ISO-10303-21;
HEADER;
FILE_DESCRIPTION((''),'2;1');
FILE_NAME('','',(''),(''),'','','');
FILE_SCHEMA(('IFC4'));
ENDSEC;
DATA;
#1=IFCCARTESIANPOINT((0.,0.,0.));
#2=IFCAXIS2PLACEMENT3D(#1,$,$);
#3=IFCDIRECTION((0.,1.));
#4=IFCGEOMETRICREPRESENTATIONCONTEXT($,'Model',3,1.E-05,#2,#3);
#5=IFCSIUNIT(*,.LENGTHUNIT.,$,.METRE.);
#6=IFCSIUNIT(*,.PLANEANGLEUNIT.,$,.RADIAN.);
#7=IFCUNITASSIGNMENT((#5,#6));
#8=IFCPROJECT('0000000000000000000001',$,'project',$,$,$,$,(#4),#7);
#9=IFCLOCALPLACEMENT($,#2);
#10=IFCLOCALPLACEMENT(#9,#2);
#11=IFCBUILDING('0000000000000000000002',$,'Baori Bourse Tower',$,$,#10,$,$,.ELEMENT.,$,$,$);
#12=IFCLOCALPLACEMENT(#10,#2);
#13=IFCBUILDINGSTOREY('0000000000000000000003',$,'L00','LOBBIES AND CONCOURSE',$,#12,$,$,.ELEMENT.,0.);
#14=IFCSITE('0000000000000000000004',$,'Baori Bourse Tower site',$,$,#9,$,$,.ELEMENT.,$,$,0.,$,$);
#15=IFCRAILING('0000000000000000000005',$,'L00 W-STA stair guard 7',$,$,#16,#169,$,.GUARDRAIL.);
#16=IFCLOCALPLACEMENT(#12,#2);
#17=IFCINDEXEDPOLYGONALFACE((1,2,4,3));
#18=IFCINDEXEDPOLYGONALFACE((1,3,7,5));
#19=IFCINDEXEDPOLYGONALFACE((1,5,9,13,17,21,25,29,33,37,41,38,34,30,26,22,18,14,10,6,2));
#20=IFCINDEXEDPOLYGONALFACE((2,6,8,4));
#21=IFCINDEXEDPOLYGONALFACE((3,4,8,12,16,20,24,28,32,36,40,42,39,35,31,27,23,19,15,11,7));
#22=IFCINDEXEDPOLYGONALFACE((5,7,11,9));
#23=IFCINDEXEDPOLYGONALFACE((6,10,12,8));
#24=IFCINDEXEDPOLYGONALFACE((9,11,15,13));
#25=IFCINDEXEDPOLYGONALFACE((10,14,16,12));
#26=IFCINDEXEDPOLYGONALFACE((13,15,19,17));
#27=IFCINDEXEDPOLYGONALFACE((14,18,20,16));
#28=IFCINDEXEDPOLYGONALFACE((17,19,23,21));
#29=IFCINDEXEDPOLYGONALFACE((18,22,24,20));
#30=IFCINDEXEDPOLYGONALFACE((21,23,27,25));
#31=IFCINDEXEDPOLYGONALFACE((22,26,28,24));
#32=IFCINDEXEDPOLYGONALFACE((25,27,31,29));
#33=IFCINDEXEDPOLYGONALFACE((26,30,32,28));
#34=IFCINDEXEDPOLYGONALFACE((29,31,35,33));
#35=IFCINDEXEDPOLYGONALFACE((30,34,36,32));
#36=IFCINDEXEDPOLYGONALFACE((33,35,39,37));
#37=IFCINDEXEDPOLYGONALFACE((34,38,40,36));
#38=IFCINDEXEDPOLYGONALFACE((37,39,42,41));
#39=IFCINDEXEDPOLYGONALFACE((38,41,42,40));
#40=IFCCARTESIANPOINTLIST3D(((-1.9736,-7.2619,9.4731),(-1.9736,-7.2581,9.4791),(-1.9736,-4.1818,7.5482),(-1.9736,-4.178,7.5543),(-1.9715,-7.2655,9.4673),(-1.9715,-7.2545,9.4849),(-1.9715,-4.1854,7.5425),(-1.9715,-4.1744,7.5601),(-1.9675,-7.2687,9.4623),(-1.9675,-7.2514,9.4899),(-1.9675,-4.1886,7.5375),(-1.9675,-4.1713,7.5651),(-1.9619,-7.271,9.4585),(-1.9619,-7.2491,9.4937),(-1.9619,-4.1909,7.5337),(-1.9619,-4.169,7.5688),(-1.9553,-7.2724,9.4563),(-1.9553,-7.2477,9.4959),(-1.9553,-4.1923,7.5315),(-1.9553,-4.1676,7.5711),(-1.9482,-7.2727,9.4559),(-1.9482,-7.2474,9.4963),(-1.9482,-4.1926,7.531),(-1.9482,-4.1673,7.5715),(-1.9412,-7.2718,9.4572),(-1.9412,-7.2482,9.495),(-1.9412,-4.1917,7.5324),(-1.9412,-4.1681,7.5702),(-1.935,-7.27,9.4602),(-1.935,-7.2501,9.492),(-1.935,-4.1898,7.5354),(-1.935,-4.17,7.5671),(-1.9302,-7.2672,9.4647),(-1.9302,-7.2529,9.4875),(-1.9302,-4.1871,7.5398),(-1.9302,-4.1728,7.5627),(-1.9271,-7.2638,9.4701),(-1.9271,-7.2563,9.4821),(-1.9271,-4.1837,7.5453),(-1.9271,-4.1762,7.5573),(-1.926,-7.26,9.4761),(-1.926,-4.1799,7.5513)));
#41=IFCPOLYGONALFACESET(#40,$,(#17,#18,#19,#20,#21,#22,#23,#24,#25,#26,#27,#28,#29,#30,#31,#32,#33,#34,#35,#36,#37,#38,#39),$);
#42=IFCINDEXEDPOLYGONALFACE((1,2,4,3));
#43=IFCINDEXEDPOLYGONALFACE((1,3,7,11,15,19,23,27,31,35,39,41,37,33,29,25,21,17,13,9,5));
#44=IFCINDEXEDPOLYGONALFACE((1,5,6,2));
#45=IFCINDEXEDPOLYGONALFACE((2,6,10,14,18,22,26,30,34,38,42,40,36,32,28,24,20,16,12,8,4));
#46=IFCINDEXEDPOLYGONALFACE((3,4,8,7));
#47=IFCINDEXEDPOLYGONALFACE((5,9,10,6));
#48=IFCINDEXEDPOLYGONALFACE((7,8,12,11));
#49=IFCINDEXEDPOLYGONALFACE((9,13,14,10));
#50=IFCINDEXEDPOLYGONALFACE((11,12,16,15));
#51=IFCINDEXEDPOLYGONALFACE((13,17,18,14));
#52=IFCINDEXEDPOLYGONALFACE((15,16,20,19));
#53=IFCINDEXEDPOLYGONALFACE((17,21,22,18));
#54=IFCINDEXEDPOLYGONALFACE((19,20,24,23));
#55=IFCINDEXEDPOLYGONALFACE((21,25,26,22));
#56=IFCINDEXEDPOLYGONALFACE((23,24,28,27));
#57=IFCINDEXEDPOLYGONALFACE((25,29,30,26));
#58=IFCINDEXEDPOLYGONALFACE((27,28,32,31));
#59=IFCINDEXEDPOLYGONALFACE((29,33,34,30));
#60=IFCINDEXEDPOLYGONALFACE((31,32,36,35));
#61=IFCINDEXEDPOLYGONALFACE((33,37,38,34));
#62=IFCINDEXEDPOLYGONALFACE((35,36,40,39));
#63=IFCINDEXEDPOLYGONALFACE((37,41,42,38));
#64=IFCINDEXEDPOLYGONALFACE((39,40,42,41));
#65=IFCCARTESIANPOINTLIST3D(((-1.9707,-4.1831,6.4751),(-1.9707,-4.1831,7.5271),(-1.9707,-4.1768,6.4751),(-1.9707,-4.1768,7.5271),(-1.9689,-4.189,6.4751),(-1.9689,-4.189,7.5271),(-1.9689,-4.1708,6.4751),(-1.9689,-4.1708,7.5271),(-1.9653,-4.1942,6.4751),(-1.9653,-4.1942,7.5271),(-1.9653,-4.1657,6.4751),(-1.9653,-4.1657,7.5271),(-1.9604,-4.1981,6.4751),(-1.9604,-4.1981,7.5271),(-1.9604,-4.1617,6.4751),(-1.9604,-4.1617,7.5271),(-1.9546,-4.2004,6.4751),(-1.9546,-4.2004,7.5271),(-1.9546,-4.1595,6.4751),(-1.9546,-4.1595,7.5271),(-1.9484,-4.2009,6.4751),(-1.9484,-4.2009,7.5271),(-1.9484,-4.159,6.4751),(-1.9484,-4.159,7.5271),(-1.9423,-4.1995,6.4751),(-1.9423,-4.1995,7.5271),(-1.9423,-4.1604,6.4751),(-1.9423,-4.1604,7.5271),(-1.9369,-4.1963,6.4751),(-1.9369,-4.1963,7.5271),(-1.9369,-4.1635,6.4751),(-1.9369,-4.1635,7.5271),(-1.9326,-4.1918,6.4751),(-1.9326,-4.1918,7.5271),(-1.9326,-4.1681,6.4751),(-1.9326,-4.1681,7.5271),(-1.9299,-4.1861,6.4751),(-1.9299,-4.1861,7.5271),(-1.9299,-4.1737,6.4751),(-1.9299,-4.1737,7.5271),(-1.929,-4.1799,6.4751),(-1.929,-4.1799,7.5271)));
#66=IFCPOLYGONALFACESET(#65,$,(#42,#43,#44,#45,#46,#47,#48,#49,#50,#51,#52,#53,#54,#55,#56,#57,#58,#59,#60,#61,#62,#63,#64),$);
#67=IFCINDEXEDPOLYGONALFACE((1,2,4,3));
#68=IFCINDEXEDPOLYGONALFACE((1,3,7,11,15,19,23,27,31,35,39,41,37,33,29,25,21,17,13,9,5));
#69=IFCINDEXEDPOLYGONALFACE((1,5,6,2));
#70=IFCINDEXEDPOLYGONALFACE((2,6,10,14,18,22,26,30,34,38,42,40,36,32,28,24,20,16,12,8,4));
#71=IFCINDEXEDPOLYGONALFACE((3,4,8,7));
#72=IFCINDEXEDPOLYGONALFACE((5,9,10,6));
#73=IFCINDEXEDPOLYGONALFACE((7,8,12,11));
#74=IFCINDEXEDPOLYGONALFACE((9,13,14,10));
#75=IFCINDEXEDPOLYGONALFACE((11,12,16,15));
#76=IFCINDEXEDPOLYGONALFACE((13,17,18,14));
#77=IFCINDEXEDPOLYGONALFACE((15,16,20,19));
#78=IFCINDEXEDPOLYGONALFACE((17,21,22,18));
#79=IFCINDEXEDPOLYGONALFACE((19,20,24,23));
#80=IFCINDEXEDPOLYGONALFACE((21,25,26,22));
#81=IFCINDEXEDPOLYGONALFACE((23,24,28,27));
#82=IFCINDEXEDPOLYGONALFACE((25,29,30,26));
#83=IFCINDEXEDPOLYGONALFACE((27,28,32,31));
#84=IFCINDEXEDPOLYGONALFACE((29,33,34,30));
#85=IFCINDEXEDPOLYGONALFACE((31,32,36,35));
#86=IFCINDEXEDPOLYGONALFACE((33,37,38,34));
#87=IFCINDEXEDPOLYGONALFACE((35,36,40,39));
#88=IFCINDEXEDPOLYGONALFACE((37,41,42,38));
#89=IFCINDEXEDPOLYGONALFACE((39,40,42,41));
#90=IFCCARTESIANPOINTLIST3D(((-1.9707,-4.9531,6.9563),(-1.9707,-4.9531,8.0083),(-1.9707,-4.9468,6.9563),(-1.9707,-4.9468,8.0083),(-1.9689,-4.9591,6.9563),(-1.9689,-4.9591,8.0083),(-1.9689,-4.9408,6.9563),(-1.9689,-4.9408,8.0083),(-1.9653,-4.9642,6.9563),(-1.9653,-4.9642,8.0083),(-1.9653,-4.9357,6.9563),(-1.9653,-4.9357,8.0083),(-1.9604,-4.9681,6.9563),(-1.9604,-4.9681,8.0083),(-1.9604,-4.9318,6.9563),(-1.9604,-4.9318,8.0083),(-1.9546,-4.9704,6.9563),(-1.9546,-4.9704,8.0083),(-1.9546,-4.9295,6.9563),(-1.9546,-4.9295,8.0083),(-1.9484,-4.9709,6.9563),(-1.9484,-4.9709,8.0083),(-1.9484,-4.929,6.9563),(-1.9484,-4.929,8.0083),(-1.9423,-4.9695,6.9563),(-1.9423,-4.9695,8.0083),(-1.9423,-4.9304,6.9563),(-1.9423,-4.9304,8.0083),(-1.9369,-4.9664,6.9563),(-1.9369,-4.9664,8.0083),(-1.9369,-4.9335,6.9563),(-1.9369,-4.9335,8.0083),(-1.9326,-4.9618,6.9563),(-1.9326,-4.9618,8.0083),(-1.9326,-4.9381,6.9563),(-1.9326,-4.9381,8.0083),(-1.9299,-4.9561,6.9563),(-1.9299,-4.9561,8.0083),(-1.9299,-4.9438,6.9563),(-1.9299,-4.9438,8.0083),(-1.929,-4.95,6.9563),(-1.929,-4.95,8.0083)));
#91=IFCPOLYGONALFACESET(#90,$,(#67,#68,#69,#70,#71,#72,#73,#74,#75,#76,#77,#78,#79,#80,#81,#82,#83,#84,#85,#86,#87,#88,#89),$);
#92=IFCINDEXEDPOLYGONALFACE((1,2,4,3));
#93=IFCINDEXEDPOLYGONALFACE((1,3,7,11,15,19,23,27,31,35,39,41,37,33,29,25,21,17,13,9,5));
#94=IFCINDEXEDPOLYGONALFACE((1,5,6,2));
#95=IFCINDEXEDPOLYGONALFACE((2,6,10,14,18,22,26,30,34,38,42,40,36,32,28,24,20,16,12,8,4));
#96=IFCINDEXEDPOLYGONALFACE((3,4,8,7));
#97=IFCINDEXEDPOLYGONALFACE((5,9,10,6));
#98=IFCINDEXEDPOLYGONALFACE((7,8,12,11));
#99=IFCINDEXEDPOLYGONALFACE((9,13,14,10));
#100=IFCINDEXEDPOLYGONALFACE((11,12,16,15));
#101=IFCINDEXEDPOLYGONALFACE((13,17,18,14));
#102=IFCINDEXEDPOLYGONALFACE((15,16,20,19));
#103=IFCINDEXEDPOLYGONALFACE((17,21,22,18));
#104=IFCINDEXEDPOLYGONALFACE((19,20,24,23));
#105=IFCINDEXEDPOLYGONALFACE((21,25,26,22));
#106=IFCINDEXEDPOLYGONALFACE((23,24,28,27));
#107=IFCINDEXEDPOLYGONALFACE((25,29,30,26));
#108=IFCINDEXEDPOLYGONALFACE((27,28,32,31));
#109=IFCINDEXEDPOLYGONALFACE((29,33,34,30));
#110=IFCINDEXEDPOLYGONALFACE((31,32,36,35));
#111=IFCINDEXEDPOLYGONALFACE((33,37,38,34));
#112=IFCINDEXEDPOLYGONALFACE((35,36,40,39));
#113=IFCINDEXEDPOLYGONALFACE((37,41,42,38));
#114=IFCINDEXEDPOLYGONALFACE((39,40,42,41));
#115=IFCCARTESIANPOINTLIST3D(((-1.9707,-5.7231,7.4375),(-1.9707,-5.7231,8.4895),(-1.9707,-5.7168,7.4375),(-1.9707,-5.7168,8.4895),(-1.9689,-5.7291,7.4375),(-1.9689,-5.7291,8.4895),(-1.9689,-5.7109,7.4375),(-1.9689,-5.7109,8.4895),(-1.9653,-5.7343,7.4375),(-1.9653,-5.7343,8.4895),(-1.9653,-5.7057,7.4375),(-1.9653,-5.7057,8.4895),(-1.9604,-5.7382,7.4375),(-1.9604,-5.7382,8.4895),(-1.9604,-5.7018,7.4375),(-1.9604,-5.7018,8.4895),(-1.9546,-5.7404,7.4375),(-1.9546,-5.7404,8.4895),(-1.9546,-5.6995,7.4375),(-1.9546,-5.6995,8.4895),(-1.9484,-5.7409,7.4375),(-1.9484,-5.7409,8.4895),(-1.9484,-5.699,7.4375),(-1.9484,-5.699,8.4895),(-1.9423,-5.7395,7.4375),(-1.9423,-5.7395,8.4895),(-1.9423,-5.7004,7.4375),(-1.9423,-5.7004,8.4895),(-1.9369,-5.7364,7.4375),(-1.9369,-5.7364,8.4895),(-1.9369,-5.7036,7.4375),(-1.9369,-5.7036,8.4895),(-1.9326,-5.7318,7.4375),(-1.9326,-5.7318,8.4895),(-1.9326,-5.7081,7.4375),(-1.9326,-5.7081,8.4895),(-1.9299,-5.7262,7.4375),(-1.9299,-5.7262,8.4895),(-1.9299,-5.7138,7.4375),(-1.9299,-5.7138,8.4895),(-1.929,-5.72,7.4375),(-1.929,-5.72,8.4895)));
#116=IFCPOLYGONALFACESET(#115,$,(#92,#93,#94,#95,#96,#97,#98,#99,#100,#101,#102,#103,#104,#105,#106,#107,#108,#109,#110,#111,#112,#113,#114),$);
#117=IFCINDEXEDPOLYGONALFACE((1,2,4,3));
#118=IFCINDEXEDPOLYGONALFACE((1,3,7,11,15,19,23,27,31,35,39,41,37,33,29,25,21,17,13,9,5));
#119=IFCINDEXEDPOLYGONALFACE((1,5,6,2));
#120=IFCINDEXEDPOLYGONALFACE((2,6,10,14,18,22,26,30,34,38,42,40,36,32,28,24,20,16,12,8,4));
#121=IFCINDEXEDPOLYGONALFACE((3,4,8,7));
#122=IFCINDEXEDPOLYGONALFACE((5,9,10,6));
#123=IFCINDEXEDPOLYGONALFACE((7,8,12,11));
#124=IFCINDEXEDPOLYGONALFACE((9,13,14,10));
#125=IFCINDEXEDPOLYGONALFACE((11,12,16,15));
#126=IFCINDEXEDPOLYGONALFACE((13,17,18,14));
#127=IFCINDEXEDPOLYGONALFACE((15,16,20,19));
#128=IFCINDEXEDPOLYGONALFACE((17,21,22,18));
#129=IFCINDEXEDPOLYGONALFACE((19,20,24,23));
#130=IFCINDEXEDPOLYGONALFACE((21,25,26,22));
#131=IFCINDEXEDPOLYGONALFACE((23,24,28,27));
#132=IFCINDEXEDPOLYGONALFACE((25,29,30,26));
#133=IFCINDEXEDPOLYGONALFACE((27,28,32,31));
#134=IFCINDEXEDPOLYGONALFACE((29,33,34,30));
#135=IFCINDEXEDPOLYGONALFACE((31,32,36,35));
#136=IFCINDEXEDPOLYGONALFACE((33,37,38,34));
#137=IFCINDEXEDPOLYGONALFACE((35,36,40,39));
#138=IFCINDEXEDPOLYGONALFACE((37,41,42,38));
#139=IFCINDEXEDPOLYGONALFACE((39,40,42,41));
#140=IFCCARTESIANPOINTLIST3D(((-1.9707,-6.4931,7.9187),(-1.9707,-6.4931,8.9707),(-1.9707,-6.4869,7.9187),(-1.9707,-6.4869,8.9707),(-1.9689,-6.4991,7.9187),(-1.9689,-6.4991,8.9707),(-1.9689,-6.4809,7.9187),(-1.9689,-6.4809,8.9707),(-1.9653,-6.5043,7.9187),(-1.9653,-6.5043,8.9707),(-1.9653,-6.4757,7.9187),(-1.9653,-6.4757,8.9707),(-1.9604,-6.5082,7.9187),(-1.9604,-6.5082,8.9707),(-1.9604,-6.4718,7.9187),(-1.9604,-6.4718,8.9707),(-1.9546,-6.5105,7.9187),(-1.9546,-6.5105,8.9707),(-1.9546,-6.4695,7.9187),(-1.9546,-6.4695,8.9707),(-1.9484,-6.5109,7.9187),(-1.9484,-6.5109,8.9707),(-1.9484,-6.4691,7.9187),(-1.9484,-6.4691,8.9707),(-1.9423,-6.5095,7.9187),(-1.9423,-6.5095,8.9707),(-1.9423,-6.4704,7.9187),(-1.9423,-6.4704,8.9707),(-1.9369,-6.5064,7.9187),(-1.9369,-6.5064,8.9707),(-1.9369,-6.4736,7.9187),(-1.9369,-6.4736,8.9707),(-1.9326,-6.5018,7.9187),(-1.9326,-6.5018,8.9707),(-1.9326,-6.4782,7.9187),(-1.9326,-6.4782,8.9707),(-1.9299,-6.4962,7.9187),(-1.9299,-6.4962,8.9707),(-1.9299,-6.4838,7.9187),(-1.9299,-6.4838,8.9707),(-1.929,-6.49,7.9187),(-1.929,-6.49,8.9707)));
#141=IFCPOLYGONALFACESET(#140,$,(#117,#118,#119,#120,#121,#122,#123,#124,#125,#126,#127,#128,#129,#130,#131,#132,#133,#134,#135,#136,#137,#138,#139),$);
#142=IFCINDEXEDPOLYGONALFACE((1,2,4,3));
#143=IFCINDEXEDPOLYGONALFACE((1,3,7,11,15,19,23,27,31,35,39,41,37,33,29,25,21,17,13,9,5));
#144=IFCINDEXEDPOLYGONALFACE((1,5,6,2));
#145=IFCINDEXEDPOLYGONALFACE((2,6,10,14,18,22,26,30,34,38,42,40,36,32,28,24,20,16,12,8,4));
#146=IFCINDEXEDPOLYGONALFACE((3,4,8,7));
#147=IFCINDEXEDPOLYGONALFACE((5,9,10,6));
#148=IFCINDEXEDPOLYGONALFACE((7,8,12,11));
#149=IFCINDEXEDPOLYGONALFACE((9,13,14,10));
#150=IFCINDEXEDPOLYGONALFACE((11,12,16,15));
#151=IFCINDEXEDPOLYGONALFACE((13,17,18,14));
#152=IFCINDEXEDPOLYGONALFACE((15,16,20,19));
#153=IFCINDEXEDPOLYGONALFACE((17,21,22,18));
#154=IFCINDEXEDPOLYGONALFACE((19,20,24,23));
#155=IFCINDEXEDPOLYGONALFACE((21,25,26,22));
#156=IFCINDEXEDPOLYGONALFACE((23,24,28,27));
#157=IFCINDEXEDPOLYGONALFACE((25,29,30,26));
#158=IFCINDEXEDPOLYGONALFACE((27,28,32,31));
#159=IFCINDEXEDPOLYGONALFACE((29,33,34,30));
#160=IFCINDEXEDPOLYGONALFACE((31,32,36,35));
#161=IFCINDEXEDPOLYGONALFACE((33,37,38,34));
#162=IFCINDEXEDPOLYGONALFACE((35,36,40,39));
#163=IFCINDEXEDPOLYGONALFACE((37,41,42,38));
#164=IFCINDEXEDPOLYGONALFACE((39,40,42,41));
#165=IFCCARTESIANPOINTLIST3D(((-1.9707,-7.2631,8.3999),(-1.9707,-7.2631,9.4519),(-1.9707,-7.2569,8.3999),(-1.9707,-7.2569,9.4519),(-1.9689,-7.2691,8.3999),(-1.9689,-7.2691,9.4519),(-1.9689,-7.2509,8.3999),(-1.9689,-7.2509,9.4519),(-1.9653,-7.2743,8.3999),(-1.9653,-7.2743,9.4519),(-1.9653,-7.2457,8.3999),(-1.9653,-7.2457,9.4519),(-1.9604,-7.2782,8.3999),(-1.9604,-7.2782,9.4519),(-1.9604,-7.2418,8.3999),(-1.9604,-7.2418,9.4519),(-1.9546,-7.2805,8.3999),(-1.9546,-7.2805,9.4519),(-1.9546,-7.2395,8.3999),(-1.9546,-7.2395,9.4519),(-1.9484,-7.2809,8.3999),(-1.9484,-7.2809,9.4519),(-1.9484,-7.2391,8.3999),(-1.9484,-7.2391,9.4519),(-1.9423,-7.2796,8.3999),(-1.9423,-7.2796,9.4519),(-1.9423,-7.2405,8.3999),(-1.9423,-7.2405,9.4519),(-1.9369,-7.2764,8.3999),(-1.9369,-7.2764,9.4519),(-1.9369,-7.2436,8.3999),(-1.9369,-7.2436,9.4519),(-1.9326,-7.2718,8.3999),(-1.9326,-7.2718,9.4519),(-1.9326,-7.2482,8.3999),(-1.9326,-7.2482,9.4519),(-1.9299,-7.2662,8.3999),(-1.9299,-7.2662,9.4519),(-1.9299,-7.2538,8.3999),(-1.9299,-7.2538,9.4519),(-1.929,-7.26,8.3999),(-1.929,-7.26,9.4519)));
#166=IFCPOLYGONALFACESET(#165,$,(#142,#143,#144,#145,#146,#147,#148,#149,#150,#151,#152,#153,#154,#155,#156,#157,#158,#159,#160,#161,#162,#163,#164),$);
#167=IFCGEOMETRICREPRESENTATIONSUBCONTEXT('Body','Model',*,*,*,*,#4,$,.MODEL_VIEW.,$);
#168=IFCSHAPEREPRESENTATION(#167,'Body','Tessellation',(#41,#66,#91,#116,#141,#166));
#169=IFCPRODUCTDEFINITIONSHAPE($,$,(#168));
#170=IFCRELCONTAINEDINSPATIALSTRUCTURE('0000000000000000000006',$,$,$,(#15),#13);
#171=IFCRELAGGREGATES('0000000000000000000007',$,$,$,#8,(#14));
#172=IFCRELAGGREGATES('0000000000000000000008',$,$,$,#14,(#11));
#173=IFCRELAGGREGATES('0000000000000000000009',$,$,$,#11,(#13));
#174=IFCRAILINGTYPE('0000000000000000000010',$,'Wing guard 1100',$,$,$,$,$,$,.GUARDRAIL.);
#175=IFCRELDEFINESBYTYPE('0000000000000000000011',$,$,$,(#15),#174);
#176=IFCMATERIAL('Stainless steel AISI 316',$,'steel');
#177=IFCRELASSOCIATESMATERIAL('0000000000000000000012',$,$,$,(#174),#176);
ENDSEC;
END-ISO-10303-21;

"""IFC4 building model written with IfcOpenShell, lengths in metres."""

from ifc_helpers import new_model, si_unit, direction, frame, origin, origin_2d, place, context, subcontext, project, spatial, circle, extrude, material, type_object, element, save


model = new_model("IFC4")

# Units and contexts
model_context = context("Model", 3, precision=1e-05, world=origin(), true_north=direction((0.0, 1.0)))
body_context = subcontext(model_context, "Body", "Model", "MODEL_VIEW")
ifc_project = project(units=[si_unit("LENGTHUNIT", "METRE"), si_unit("PLANEANGLEUNIT", "RADIAN")], contexts=[model_context])

# Site, building, storey
site_placement = place(None, origin())
site = spatial("IfcSite", under=ifc_project, at=site_placement, Name="Baori Bourse Tower site", CompositionType="ELEMENT", RefElevation=0.0)
building_placement = place(site_placement, origin())
building = spatial("IfcBuilding", under=site, at=building_placement, Name="Baori Bourse Tower", CompositionType="ELEMENT")
storey_placement = place(building_placement, origin())
storey = spatial("IfcBuildingStorey", under=building, at=storey_placement, Name="L00", Description="LOBBIES AND CONCOURSE", CompositionType="ELEMENT", Elevation=0.0)

# Railing
ifc_material_1 = material(Name="Stainless steel AISI 316", Category="steel")
railing_type_1 = type_object("IfcRailingType", Name="Wing guard 1100", PredefinedType="GUARDRAIL", material=ifc_material_1)
railing_1_placement = place(storey_placement, frame((-1.95, -4.1799, 6.4751)))
element("IfcRailing", 1, at=railing_1_placement, inside=storey, type_object=railing_type_1, Name="L00 W-STA stair guard 7", PredefinedType="GUARDRAIL", context=body_context, shape_type="SweptSolid", body=[
    extrude(circle(Radius=0.0239, at=origin_2d()), frame((0.0, 0.0, 1.0762), z_axis=(0.0, -0.848029, 0.529951), x_axis=(1.0, 0.0, 0.0)), (0.0, 0.0, 1.0), 3.6321),
    extrude(circle(Radius=0.021, at=origin_2d()), origin(), (0.0, 0.0, 1.0), 1.052),
    extrude(circle(Radius=0.021, at=origin_2d()), frame((0.0, -0.77, 0.4812)), (0.0, 0.0, 1.0), 1.052),
    extrude(circle(Radius=0.021, at=origin_2d()), frame((0.0, -1.54, 0.9624)), (0.0, 0.0, 1.0), 1.052),
    extrude(circle(Radius=0.021, at=origin_2d()), frame((0.0, -2.3101, 1.4436)), (0.0, 0.0, 1.0), 1.052),
    extrude(circle(Radius=0.021, at=origin_2d()), frame((0.0, -3.0801, 1.9248)), (0.0, 0.0, 1.0), 1.052),
])

save(model, "model.ifc")
